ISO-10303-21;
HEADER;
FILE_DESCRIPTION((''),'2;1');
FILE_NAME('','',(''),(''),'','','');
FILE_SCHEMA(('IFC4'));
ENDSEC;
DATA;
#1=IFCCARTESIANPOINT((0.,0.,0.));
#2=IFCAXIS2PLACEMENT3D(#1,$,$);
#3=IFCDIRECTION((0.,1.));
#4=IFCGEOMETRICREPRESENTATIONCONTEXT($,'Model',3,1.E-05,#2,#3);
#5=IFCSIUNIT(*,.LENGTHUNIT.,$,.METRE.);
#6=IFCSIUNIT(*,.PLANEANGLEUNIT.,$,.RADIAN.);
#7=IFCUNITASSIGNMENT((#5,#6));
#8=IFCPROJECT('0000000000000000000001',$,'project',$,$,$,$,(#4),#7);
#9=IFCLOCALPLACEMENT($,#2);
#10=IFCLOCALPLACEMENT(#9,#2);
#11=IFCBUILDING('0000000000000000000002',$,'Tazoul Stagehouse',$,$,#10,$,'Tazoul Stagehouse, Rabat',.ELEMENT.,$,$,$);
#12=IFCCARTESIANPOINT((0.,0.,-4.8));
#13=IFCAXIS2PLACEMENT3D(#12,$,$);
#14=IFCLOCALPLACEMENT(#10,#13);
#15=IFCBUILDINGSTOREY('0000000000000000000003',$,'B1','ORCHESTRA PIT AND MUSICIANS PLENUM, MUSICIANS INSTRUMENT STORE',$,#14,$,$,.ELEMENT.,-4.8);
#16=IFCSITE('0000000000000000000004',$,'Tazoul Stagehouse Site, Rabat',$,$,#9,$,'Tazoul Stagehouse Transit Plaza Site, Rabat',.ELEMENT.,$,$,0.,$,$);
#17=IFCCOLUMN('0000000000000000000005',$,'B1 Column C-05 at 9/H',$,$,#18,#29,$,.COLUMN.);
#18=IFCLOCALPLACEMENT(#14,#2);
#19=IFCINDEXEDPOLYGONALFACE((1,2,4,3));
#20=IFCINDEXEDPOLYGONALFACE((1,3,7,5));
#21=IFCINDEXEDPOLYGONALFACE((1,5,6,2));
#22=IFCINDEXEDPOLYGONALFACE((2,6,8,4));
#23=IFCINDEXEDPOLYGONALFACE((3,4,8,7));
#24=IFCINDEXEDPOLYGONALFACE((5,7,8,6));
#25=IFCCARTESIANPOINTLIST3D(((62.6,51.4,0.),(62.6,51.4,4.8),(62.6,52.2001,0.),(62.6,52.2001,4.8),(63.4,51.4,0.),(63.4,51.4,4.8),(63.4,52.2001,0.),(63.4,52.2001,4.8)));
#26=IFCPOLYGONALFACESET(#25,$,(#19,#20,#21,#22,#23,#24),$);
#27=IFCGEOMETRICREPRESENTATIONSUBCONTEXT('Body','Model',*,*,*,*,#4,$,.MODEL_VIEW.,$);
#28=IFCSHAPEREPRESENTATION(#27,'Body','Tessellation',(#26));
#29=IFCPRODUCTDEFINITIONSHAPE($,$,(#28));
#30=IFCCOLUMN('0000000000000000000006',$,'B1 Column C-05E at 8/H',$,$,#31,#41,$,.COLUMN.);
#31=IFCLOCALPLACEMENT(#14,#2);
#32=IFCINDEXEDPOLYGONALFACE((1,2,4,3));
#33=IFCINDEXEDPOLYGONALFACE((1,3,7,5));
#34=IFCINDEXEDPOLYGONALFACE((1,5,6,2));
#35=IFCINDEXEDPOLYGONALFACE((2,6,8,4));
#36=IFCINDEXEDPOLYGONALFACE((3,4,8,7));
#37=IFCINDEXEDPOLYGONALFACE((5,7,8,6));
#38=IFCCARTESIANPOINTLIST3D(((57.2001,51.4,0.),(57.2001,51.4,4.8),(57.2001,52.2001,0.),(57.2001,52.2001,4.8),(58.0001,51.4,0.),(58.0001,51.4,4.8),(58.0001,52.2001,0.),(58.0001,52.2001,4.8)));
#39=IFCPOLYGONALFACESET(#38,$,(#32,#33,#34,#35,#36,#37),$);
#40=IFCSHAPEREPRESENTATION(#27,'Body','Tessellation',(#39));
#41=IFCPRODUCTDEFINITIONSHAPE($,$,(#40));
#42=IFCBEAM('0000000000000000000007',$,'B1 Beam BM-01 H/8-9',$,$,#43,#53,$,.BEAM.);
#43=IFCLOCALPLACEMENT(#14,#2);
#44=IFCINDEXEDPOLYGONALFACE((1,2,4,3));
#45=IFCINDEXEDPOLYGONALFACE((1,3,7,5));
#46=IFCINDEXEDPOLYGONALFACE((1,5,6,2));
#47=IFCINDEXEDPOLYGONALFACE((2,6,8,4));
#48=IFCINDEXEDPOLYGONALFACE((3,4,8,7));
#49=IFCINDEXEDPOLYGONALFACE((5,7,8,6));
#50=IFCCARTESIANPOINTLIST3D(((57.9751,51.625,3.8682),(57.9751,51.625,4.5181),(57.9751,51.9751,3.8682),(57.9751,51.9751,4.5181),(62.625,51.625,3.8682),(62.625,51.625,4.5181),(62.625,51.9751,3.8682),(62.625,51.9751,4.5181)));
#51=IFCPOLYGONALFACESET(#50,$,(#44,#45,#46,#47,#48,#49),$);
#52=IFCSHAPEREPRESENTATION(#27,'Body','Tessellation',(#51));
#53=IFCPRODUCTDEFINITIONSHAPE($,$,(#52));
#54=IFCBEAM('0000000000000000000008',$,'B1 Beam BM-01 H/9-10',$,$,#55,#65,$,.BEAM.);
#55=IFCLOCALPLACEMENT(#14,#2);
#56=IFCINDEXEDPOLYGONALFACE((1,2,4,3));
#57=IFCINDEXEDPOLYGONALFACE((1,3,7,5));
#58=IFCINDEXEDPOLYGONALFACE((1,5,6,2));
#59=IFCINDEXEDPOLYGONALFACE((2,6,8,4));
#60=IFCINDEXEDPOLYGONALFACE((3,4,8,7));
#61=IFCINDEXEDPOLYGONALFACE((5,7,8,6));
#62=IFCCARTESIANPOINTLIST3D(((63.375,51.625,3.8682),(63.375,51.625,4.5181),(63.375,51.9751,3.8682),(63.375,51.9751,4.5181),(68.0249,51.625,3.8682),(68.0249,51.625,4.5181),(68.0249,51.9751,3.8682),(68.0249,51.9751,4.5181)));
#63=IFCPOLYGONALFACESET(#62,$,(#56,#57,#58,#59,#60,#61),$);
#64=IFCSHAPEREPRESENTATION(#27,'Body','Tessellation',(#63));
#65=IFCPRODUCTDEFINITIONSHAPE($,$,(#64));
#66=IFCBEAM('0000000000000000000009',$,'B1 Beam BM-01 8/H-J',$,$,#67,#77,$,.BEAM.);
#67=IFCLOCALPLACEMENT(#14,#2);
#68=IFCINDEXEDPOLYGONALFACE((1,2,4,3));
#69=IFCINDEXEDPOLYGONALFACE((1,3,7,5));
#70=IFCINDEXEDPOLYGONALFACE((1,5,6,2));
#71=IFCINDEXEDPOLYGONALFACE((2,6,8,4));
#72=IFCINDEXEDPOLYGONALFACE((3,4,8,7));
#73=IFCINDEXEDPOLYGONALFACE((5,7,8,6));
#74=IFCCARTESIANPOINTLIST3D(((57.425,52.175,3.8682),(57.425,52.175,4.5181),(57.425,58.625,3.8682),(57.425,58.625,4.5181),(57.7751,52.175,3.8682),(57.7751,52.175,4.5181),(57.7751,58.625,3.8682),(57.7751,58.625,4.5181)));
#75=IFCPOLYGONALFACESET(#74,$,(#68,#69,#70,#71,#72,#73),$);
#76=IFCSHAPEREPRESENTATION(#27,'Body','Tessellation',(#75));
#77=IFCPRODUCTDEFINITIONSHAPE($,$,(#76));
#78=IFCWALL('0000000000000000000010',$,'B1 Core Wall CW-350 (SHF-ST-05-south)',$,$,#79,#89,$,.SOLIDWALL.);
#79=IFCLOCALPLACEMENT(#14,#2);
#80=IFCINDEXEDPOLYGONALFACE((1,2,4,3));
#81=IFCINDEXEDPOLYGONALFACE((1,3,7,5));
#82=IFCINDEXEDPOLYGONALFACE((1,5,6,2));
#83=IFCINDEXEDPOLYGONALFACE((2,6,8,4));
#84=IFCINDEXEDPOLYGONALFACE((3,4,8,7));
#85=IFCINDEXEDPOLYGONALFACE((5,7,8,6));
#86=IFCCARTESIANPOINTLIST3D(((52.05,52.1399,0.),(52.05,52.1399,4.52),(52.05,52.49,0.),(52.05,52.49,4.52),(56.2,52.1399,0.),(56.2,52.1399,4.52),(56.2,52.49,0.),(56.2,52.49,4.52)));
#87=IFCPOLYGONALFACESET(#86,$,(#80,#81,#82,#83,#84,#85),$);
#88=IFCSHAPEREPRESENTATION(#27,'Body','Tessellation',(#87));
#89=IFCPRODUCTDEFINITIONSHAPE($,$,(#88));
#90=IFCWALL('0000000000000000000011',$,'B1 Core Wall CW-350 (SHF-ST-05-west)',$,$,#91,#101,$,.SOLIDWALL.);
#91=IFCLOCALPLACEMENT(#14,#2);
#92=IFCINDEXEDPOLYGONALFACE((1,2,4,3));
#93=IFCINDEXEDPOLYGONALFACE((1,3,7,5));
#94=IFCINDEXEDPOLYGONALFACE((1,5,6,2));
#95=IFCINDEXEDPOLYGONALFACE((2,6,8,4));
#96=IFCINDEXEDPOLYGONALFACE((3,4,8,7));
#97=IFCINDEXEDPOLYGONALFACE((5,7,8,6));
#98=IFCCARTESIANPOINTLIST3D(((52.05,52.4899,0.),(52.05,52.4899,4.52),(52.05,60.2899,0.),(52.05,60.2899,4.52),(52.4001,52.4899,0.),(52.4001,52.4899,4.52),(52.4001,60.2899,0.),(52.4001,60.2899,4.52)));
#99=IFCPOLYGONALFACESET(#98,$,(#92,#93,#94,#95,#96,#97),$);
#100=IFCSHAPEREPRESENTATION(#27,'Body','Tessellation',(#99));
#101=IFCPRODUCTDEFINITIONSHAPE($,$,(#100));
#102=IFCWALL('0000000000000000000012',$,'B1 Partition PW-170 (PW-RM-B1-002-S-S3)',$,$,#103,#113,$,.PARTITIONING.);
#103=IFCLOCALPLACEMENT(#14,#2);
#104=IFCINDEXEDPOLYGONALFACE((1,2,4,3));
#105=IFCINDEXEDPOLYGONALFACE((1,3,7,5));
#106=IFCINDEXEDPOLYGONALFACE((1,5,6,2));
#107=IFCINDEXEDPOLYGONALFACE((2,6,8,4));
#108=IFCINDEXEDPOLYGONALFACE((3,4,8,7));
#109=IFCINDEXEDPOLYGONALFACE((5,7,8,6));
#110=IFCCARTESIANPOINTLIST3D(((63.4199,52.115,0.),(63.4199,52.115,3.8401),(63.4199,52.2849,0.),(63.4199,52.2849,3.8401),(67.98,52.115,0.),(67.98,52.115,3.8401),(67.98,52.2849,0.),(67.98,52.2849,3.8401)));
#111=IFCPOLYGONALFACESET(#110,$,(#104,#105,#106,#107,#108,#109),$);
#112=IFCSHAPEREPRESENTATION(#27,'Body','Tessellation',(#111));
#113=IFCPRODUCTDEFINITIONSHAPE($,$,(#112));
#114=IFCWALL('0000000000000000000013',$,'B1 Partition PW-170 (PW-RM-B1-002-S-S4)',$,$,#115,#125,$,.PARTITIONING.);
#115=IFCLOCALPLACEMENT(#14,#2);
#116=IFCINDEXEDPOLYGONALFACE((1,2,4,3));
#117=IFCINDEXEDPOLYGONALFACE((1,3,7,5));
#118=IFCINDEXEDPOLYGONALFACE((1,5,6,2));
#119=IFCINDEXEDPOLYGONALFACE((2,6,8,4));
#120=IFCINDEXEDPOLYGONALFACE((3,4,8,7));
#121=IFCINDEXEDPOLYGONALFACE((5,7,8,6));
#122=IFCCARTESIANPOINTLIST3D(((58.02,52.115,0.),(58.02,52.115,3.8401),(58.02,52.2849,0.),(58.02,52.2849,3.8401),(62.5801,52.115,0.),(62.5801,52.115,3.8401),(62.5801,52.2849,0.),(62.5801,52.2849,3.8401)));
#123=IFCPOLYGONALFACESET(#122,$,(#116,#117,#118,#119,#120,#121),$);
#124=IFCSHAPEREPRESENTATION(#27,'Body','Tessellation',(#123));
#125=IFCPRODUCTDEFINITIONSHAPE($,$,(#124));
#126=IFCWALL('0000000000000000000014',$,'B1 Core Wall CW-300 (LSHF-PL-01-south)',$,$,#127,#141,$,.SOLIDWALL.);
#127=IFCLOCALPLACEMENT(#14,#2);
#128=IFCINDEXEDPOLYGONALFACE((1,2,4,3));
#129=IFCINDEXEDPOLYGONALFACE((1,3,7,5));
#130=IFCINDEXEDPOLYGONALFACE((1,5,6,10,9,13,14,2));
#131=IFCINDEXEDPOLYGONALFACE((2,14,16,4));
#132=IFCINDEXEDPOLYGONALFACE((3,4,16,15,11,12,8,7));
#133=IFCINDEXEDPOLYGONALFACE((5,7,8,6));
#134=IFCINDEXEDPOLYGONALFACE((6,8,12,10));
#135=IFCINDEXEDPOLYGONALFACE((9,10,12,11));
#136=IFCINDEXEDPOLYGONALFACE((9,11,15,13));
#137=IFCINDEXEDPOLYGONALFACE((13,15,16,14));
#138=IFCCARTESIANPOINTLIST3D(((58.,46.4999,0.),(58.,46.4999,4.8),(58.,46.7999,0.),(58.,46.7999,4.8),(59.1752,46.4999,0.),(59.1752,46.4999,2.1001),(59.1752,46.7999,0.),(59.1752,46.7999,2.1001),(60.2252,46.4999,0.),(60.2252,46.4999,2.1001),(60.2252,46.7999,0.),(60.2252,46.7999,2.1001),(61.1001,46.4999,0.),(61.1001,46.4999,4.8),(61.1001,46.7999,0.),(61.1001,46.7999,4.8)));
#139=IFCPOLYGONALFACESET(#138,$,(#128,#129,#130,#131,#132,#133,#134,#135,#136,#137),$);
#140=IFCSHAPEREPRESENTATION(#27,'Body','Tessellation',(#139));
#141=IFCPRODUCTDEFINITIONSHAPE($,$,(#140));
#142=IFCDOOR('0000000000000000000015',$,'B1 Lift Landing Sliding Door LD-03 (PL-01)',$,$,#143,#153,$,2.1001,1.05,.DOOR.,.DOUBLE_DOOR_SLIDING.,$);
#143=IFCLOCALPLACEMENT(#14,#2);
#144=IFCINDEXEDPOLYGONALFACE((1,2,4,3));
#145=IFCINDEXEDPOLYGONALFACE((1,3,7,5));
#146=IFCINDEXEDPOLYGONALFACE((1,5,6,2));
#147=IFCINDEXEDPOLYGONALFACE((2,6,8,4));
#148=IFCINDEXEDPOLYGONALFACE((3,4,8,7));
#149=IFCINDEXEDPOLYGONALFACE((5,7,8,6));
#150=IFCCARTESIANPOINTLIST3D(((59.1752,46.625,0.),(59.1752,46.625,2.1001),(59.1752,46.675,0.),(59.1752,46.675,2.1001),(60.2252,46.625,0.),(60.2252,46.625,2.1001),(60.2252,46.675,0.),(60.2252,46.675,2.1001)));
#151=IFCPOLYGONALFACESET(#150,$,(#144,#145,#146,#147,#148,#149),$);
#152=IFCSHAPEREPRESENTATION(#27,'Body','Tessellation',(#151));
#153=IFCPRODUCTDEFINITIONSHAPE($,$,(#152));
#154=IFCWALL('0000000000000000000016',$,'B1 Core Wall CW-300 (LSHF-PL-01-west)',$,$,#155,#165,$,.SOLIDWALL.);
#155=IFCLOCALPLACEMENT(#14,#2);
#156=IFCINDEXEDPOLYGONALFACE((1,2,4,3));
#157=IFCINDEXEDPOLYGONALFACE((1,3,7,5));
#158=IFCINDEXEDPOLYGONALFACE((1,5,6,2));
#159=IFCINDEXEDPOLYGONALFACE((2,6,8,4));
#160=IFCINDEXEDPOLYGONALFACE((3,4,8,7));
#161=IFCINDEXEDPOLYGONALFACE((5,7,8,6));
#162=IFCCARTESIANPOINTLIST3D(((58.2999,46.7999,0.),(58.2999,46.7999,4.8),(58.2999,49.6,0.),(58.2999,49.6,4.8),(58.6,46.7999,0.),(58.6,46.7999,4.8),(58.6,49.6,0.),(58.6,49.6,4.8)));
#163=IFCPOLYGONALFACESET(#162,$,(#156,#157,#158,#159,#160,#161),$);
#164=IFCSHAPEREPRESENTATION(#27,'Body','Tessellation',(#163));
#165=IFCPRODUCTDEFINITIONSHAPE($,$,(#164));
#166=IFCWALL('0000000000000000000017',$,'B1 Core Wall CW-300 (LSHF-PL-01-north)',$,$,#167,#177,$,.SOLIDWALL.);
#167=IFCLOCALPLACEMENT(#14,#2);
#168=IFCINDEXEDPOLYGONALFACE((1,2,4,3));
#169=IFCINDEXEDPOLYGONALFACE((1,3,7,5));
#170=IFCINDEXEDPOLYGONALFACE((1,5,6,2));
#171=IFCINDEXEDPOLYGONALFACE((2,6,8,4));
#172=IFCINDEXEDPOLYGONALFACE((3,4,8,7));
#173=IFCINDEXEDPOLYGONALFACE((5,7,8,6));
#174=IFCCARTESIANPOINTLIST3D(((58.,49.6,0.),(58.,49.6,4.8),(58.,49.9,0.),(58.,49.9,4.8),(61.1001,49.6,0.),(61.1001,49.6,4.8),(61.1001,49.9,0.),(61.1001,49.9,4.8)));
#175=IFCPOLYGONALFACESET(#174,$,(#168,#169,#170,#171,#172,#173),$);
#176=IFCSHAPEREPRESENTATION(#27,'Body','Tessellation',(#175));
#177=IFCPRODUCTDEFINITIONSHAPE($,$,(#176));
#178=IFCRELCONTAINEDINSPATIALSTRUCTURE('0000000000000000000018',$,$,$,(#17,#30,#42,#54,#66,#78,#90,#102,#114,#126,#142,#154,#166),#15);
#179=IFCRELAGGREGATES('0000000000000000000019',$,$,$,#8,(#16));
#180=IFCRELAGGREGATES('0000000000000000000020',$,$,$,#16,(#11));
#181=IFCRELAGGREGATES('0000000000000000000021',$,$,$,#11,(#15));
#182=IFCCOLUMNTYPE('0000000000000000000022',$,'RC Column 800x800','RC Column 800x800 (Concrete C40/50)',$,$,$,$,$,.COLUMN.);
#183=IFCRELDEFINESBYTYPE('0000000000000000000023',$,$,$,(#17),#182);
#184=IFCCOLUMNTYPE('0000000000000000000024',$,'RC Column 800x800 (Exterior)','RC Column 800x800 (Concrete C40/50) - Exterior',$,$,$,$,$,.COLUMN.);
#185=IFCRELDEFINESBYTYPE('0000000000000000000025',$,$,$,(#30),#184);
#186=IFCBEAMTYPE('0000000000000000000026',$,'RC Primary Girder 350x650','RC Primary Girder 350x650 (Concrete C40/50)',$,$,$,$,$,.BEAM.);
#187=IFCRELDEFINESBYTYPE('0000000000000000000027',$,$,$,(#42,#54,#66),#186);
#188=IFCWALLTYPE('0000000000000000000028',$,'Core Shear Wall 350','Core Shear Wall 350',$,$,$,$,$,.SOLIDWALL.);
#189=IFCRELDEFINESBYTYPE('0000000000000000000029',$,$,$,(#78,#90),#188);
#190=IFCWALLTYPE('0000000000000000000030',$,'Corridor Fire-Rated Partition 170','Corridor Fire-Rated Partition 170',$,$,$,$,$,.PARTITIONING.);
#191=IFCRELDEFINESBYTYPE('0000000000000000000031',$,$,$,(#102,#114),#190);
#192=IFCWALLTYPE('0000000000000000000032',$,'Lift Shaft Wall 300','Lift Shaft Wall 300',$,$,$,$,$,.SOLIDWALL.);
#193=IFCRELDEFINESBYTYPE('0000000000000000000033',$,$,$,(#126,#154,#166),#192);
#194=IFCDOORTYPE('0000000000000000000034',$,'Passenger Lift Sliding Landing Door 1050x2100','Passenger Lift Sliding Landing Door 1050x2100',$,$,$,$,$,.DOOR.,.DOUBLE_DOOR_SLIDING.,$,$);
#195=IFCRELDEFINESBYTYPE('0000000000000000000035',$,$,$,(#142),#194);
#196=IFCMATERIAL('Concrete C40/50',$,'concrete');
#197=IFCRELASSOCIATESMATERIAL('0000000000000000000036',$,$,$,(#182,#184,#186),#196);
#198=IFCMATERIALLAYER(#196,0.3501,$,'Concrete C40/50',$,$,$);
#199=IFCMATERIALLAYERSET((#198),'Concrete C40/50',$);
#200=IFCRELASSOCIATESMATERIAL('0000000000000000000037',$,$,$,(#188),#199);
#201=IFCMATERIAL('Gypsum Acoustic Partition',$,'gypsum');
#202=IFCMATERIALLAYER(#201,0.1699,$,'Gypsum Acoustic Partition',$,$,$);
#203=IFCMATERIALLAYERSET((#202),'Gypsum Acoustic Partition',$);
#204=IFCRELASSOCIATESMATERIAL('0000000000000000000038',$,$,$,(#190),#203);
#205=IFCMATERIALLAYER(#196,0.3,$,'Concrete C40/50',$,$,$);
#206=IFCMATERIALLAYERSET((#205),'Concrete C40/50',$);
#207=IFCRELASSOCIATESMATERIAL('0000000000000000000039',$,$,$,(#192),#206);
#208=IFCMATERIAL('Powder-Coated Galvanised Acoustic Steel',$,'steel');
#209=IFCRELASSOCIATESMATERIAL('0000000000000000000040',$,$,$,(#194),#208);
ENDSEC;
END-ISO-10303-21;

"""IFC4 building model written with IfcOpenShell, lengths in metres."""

from ifc_helpers import new_model, si_unit, direction, frame, frame_2d, origin, origin_2d, place, context, subcontext, project, spatial, rectangle, extrude, material, layer, layer_set, material_profile, profile_set, type_object, element, fill, save


model = new_model("IFC4")

# Units and contexts
model_context = context("Model", 3, precision=1e-05, world=origin(), true_north=direction((0.0, 1.0)))
body_context = subcontext(model_context, "Body", "Model", "MODEL_VIEW")
ifc_project = project(units=[si_unit("LENGTHUNIT", "METRE"), si_unit("PLANEANGLEUNIT", "RADIAN")], contexts=[model_context])

# Site, building, storey
site_placement = place(None, origin())
site = spatial("IfcSite", under=ifc_project, at=site_placement, Name="Tazoul Stagehouse Site, Rabat", LongName="Tazoul Stagehouse Transit Plaza Site, Rabat", CompositionType="ELEMENT", RefElevation=0.0)
building_placement = place(site_placement, origin())
building = spatial("IfcBuilding", under=site, at=building_placement, Name="Tazoul Stagehouse", LongName="Tazoul Stagehouse, Rabat", CompositionType="ELEMENT")
storey_placement = place(building_placement, frame((0.0, 0.0, -4.8)))
storey = spatial("IfcBuildingStorey", under=building, at=storey_placement, Name="B1", Description="ORCHESTRA PIT AND MUSICIANS PLENUM, MUSICIANS INSTRUMENT STORE", CompositionType="ELEMENT", Elevation=-4.8)

# Columns
ifc_material_1 = material(Name="Concrete C40/50", Category="concrete")
ifc_material_profile_1 = material_profile(ifc_material_1, rectangle(XDim=0.8, YDim=0.8, at=origin_2d()), Name="RC 800x800")
ifc_profile_set_1 = profile_set([ifc_material_profile_1], Name="Concrete C40/50")
column_type_1 = type_object("IfcColumnType", Name="RC Column 800x800", Description="RC Column 800x800 (Concrete C40/50)", PredefinedType="COLUMN", material=ifc_profile_set_1)
column_1_placement = place(storey_placement, frame((63.0, 51.8, 0.0), z_axis=(0.0, 0.0, 1.0), x_axis=(1.0, 0.0, 0.0)))
element("IfcColumn", 1, at=column_1_placement, inside=storey, type_object=column_type_1, Name="B1 Column C-05 at 9/H", PredefinedType="COLUMN", context=body_context, shape_type="SweptSolid", body=[
    extrude(rectangle(XDim=0.8, YDim=0.8, at=origin_2d()), origin(), (0.0, 0.0, 1.0), 4.8),
])
ifc_material_profile_2 = material_profile(ifc_material_1, rectangle(XDim=0.8, YDim=0.8, at=origin_2d()), Name="RC 800x800")
ifc_profile_set_2 = profile_set([ifc_material_profile_2], Name="Concrete C40/50")
column_type_2 = type_object("IfcColumnType", Name="RC Column 800x800 (Exterior)", Description="RC Column 800x800 (Concrete C40/50) - Exterior", PredefinedType="COLUMN", material=ifc_profile_set_2)
column_2_placement = place(storey_placement, frame((57.6001, 51.8, 0.0), z_axis=(0.0, 0.0, 1.0), x_axis=(1.0, 0.0, 0.0)))
element("IfcColumn", 2, at=column_2_placement, inside=storey, type_object=column_type_2, Name="B1 Column C-05E at 8/H", PredefinedType="COLUMN", context=body_context, shape_type="SweptSolid", body=[
    extrude(rectangle(XDim=0.8, YDim=0.8, at=origin_2d()), origin(), (0.0, 0.0, 1.0), 4.8),
])

# Beams
ifc_material_profile_3 = material_profile(ifc_material_1, rectangle(XDim=0.3501, YDim=0.6499, at=origin_2d()), Name="RC 350x650")
ifc_profile_set_3 = profile_set([ifc_material_profile_3], Name="Concrete C40/50")
beam_type = type_object("IfcBeamType", Name="RC Primary Girder 350x650", Description="RC Primary Girder 350x650 (Concrete C40/50)", PredefinedType="BEAM", material=ifc_profile_set_3)
for number, where, z_axis, x_axis, name in (
    (3, (57.9751, 51.8, 4.1931), (1.0, 0.0, 0.0), (0.0, 1.0, 0.0), "B1 Beam BM-01 H/8-9"),
    (4, (63.375, 51.8, 4.1931), (1.0, 0.0, 0.0), (0.0, 1.0, 0.0), "B1 Beam BM-01 H/9-10"),
):
    element("IfcBeam", number, at=place(storey_placement, frame(where, z_axis=z_axis, x_axis=x_axis)), inside=storey, type_object=beam_type, Name=name, PredefinedType="BEAM", context=body_context, shape_type="SweptSolid", body=[
        extrude(rectangle(XDim=0.3501, YDim=0.6499, at=origin_2d()), origin(), (0.0, 0.0, 1.0), 4.6499),
    ])
beam_placement = place(storey_placement, frame((57.6001, 52.175, 4.1931), z_axis=(0.0, 1.0, 0.0), x_axis=(-1.0, 0.0, 0.0)))
element("IfcBeam", 5, at=beam_placement, inside=storey, type_object=beam_type, Name="B1 Beam BM-01 8/H-J", PredefinedType="BEAM", context=body_context, shape_type="SweptSolid", body=[
    extrude(rectangle(XDim=0.3501, YDim=0.6499, at=origin_2d()), origin(), (0.0, 0.0, 1.0), 6.45),
])

# Walls
ifc_layer_1 = layer(ifc_material_1, 0.3501, Name="Concrete C40/50")
ifc_layer_set_1 = layer_set([ifc_layer_1], Name="Concrete C40/50")
wall_type_1 = type_object("IfcWallType", Name="Core Shear Wall 350", Description="Core Shear Wall 350", PredefinedType="SOLIDWALL", material=ifc_layer_set_1)
wall_1_placement = place(storey_placement, frame((56.2, 52.3149, 0.0), z_axis=(0.0, 0.0, 1.0), x_axis=(-1.0, 0.0, 0.0)))
element("IfcWall", 6, at=wall_1_placement, inside=storey, type_object=wall_type_1, Name="B1 Core Wall CW-350 (SHF-ST-05-south)", PredefinedType="SOLIDWALL", context=body_context, shape_type="SweptSolid", body=[
    extrude(rectangle(XDim=4.1499, YDim=0.3501, at=frame_2d((2.075, 0.0))), origin(), (0.0, 0.0, 1.0), 4.52),
])
wall_2_placement = place(storey_placement, frame((52.2251, 52.49, 0.0), z_axis=(0.0, 0.0, 1.0), x_axis=(0.0, 1.0, 0.0)))
element("IfcWall", 7, at=wall_2_placement, inside=storey, type_object=wall_type_1, Name="B1 Core Wall CW-350 (SHF-ST-05-west)", PredefinedType="SOLIDWALL", context=body_context, shape_type="SweptSolid", body=[
    extrude(rectangle(XDim=7.8, YDim=0.3501, at=frame_2d((3.8999, 0.0))), origin(), (0.0, 0.0, 1.0), 4.52),
])
ifc_material_2 = material(Name="Gypsum Acoustic Partition", Category="gypsum")
ifc_layer_2 = layer(ifc_material_2, 0.1699, Name="Gypsum Acoustic Partition")
ifc_layer_set_2 = layer_set([ifc_layer_2], Name="Gypsum Acoustic Partition")
wall_type_2 = type_object("IfcWallType", Name="Corridor Fire-Rated Partition 170", Description="Corridor Fire-Rated Partition 170", PredefinedType="PARTITIONING", material=ifc_layer_set_2)
for number, where, z_axis, x_axis, name in (
    (8, (67.98, 52.2, 0.0), (0.0, 0.0, 1.0), (-1.0, 0.0, 0.0), "B1 Partition PW-170 (PW-RM-B1-002-S-S3)"),
    (9, (62.5801, 52.2, 0.0), (0.0, 0.0, 1.0), (-1.0, 0.0, 0.0), "B1 Partition PW-170 (PW-RM-B1-002-S-S4)"),
):
    element("IfcWall", number, at=place(storey_placement, frame(where, z_axis=z_axis, x_axis=x_axis)), inside=storey, type_object=wall_type_2, Name=name, PredefinedType="PARTITIONING", context=body_context, shape_type="SweptSolid", body=[
        extrude(rectangle(XDim=4.5601, YDim=0.1699, at=frame_2d((2.28, 0.0))), origin(), (0.0, 0.0, 1.0), 3.8401),
    ])

# Wall, opening, door
ifc_layer_3 = layer(ifc_material_1, 0.3, Name="Concrete C40/50")
ifc_layer_set_3 = layer_set([ifc_layer_3], Name="Concrete C40/50")
wall_type_3 = type_object("IfcWallType", Name="Lift Shaft Wall 300", Description="Lift Shaft Wall 300", PredefinedType="SOLIDWALL", material=ifc_layer_set_3)
wall_3_placement = place(storey_placement, frame((61.1001, 46.6499, 0.0), z_axis=(0.0, 0.0, 1.0), x_axis=(-1.0, 0.0, 0.0)))
wall_3 = element("IfcWall", 10, at=wall_3_placement, inside=storey, type_object=wall_type_3, Name="B1 Core Wall CW-300 (LSHF-PL-01-south)", PredefinedType="SOLIDWALL", context=body_context, shape_type="SweptSolid", body=[
    extrude(rectangle(XDim=3.1001, YDim=0.3, at=frame_2d((1.55, 0.0))), origin(), (0.0, 0.0, 1.0), 4.8),
])
opening_placement = place(wall_3_placement, frame((0.875, 0.0, 0.0)))
opening = element("IfcOpeningElement", 11, at=opening_placement, cuts=wall_3, PredefinedType="OPENING", context=body_context, shape_type="SweptSolid", body=[
    extrude(rectangle(XDim=1.05, YDim=2.1001, at=frame_2d((0.5249, 1.05))), frame((0.0, 0.1699, 0.0), z_axis=(0.0, -1.0, 0.0), x_axis=(1.0, 0.0, 0.0)), (0.0, 0.0, 1.0), 0.3401),
])
ifc_material_3 = material(Name="Powder-Coated Galvanised Acoustic Steel", Category="steel")
door_type = type_object("IfcDoorType", Name="Passenger Lift Sliding Landing Door 1050x2100", Description="Passenger Lift Sliding Landing Door 1050x2100", OperationType="DOUBLE_DOOR_SLIDING", PredefinedType="DOOR", material=ifc_material_3)
door_placement = place(opening_placement, origin())
door = element("IfcDoor", 12, at=door_placement, inside=storey, type_object=door_type, Name="B1 Lift Landing Sliding Door LD-03 (PL-01)", OperationType="DOUBLE_DOOR_SLIDING", OverallHeight=2.1001, OverallWidth=1.05, PredefinedType="DOOR", context=body_context, shape_type="SweptSolid", body=[
    extrude(rectangle(XDim=1.05, YDim=2.1001, at=frame_2d((0.5249, 1.05))), frame((0.0, 0.0249, 0.0), z_axis=(0.0, -1.0, 0.0), x_axis=(1.0, 0.0, 0.0)), (0.0, 0.0, 1.0), 0.05),
])
fill(opening, door)

# Walls
wall_4_placement = place(storey_placement, frame((58.45, 46.8, 0.0), z_axis=(0.0, 0.0, 1.0), x_axis=(0.0, 1.0, 0.0)))
element("IfcWall", 13, at=wall_4_placement, inside=storey, type_object=wall_type_3, Name="B1 Core Wall CW-300 (LSHF-PL-01-west)", PredefinedType="SOLIDWALL", context=body_context, shape_type="SweptSolid", body=[
    extrude(rectangle(XDim=2.8, YDim=0.3, at=frame_2d((1.3999, 0.0))), origin(), (0.0, 0.0, 1.0), 4.8),
])
wall_5_placement = place(storey_placement, frame((58.0, 49.75, 0.0), z_axis=(0.0, 0.0, 1.0), x_axis=(1.0, 0.0, 0.0)))
element("IfcWall", 14, at=wall_5_placement, inside=storey, type_object=wall_type_3, Name="B1 Core Wall CW-300 (LSHF-PL-01-north)", PredefinedType="SOLIDWALL", context=body_context, shape_type="SweptSolid", body=[
    extrude(rectangle(XDim=3.1001, YDim=0.3, at=frame_2d((1.55, 0.0))), origin(), (0.0, 0.0, 1.0), 4.8),
])

save(model, "model.ifc")
